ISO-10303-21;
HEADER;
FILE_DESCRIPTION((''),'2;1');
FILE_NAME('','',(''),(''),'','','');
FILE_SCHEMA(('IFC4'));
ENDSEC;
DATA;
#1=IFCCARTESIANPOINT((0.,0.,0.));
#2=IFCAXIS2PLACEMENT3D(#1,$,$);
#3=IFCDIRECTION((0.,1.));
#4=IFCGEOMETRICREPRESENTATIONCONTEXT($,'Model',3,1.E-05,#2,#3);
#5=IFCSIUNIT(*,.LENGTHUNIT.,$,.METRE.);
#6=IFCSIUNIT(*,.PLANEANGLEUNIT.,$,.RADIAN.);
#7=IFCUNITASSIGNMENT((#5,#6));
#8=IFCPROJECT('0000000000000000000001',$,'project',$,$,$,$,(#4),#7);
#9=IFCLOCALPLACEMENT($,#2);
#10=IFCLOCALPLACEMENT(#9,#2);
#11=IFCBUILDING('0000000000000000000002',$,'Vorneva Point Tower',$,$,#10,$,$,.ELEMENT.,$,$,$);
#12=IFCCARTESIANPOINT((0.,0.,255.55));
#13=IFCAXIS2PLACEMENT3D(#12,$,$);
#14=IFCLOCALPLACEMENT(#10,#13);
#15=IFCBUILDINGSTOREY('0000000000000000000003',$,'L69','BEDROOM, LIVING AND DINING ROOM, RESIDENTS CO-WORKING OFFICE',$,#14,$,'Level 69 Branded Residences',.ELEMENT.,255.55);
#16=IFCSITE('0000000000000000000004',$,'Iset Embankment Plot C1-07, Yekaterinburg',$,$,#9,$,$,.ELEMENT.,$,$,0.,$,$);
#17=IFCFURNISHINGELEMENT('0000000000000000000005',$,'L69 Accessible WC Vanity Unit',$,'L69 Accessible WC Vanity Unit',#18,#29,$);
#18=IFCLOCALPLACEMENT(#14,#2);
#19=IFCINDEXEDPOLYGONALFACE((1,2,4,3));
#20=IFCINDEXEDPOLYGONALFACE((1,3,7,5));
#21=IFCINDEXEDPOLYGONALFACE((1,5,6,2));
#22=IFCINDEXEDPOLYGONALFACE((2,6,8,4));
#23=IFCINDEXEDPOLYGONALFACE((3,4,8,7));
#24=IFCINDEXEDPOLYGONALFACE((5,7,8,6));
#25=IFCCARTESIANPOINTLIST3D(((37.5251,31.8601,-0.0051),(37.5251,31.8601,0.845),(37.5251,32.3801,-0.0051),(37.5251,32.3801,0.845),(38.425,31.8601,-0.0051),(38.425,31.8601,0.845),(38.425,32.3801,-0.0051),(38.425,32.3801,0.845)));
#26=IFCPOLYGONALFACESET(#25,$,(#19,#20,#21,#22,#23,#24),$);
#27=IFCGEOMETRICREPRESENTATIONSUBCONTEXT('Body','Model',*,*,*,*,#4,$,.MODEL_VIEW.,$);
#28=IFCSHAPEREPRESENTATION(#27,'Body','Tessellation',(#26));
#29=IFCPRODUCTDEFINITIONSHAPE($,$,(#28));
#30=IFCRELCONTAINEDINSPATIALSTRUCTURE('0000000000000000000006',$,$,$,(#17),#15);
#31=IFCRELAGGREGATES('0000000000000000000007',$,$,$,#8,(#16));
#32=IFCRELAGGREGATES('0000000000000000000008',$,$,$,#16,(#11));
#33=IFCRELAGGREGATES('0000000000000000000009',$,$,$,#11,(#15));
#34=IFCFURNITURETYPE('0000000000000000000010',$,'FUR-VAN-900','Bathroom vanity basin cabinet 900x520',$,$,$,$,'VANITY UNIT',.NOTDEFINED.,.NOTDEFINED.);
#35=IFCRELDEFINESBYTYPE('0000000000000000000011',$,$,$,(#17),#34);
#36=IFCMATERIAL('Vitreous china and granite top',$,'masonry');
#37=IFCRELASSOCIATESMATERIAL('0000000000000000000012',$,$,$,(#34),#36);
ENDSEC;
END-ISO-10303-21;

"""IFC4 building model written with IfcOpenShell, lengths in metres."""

from ifc_helpers import new_model, si_unit, direction, frame, origin, origin_2d, place, context, subcontext, project, spatial, rectangle, extrude, material, type_object, element, save


model = new_model("IFC4")

# Units and contexts
model_context = context("Model", 3, precision=1e-05, world=origin(), true_north=direction((0.0, 1.0)))
body_context = subcontext(model_context, "Body", "Model", "MODEL_VIEW")
ifc_project = project(units=[si_unit("LENGTHUNIT", "METRE"), si_unit("PLANEANGLEUNIT", "RADIAN")], contexts=[model_context])

# Site, building, storey
site_placement = place(None, origin())
site = spatial("IfcSite", under=ifc_project, at=site_placement, Name="Iset Embankment Plot C1-07, Yekaterinburg", CompositionType="ELEMENT", RefElevation=0.0)
building_placement = place(site_placement, origin())
building = spatial("IfcBuilding", under=site, at=building_placement, Name="Vorneva Point Tower", CompositionType="ELEMENT")
storey_placement = place(building_placement, frame((0.0, 0.0, 255.55)))
storey = spatial("IfcBuildingStorey", under=building, at=storey_placement, Name="L69", Description="BEDROOM, LIVING AND DINING ROOM, RESIDENTS CO-WORKING OFFICE", LongName="Level 69 Branded Residences", CompositionType="ELEMENT", Elevation=255.55)

# Furnishing element
ifc_material_1 = material(Name="Vitreous china and granite top", Category="masonry")
furniture_type = type_object("IfcFurnitureType", Name="FUR-VAN-900", Description="Bathroom vanity basin cabinet 900x520", ElementType="VANITY UNIT", AssemblyPlace="NOTDEFINED", PredefinedType="NOTDEFINED", material=ifc_material_1)
furnishing_placement = place(storey_placement, frame((37.9751, 32.1201, -0.0051), z_axis=(0.0, 0.0, 1.0), x_axis=(1.0, 0.0, 0.0)))
element("IfcFurnishingElement", 1, at=furnishing_placement, inside=storey, type_object=furniture_type, Name="L69 Accessible WC Vanity Unit", ObjectType="L69 Accessible WC Vanity Unit", context=body_context, shape_type="SweptSolid", body=[
    extrude(rectangle(XDim=0.8999, YDim=0.52, at=origin_2d()), origin(), (0.0, 0.0, 1.0), 0.8501),
])

save(model, "model.ifc")
